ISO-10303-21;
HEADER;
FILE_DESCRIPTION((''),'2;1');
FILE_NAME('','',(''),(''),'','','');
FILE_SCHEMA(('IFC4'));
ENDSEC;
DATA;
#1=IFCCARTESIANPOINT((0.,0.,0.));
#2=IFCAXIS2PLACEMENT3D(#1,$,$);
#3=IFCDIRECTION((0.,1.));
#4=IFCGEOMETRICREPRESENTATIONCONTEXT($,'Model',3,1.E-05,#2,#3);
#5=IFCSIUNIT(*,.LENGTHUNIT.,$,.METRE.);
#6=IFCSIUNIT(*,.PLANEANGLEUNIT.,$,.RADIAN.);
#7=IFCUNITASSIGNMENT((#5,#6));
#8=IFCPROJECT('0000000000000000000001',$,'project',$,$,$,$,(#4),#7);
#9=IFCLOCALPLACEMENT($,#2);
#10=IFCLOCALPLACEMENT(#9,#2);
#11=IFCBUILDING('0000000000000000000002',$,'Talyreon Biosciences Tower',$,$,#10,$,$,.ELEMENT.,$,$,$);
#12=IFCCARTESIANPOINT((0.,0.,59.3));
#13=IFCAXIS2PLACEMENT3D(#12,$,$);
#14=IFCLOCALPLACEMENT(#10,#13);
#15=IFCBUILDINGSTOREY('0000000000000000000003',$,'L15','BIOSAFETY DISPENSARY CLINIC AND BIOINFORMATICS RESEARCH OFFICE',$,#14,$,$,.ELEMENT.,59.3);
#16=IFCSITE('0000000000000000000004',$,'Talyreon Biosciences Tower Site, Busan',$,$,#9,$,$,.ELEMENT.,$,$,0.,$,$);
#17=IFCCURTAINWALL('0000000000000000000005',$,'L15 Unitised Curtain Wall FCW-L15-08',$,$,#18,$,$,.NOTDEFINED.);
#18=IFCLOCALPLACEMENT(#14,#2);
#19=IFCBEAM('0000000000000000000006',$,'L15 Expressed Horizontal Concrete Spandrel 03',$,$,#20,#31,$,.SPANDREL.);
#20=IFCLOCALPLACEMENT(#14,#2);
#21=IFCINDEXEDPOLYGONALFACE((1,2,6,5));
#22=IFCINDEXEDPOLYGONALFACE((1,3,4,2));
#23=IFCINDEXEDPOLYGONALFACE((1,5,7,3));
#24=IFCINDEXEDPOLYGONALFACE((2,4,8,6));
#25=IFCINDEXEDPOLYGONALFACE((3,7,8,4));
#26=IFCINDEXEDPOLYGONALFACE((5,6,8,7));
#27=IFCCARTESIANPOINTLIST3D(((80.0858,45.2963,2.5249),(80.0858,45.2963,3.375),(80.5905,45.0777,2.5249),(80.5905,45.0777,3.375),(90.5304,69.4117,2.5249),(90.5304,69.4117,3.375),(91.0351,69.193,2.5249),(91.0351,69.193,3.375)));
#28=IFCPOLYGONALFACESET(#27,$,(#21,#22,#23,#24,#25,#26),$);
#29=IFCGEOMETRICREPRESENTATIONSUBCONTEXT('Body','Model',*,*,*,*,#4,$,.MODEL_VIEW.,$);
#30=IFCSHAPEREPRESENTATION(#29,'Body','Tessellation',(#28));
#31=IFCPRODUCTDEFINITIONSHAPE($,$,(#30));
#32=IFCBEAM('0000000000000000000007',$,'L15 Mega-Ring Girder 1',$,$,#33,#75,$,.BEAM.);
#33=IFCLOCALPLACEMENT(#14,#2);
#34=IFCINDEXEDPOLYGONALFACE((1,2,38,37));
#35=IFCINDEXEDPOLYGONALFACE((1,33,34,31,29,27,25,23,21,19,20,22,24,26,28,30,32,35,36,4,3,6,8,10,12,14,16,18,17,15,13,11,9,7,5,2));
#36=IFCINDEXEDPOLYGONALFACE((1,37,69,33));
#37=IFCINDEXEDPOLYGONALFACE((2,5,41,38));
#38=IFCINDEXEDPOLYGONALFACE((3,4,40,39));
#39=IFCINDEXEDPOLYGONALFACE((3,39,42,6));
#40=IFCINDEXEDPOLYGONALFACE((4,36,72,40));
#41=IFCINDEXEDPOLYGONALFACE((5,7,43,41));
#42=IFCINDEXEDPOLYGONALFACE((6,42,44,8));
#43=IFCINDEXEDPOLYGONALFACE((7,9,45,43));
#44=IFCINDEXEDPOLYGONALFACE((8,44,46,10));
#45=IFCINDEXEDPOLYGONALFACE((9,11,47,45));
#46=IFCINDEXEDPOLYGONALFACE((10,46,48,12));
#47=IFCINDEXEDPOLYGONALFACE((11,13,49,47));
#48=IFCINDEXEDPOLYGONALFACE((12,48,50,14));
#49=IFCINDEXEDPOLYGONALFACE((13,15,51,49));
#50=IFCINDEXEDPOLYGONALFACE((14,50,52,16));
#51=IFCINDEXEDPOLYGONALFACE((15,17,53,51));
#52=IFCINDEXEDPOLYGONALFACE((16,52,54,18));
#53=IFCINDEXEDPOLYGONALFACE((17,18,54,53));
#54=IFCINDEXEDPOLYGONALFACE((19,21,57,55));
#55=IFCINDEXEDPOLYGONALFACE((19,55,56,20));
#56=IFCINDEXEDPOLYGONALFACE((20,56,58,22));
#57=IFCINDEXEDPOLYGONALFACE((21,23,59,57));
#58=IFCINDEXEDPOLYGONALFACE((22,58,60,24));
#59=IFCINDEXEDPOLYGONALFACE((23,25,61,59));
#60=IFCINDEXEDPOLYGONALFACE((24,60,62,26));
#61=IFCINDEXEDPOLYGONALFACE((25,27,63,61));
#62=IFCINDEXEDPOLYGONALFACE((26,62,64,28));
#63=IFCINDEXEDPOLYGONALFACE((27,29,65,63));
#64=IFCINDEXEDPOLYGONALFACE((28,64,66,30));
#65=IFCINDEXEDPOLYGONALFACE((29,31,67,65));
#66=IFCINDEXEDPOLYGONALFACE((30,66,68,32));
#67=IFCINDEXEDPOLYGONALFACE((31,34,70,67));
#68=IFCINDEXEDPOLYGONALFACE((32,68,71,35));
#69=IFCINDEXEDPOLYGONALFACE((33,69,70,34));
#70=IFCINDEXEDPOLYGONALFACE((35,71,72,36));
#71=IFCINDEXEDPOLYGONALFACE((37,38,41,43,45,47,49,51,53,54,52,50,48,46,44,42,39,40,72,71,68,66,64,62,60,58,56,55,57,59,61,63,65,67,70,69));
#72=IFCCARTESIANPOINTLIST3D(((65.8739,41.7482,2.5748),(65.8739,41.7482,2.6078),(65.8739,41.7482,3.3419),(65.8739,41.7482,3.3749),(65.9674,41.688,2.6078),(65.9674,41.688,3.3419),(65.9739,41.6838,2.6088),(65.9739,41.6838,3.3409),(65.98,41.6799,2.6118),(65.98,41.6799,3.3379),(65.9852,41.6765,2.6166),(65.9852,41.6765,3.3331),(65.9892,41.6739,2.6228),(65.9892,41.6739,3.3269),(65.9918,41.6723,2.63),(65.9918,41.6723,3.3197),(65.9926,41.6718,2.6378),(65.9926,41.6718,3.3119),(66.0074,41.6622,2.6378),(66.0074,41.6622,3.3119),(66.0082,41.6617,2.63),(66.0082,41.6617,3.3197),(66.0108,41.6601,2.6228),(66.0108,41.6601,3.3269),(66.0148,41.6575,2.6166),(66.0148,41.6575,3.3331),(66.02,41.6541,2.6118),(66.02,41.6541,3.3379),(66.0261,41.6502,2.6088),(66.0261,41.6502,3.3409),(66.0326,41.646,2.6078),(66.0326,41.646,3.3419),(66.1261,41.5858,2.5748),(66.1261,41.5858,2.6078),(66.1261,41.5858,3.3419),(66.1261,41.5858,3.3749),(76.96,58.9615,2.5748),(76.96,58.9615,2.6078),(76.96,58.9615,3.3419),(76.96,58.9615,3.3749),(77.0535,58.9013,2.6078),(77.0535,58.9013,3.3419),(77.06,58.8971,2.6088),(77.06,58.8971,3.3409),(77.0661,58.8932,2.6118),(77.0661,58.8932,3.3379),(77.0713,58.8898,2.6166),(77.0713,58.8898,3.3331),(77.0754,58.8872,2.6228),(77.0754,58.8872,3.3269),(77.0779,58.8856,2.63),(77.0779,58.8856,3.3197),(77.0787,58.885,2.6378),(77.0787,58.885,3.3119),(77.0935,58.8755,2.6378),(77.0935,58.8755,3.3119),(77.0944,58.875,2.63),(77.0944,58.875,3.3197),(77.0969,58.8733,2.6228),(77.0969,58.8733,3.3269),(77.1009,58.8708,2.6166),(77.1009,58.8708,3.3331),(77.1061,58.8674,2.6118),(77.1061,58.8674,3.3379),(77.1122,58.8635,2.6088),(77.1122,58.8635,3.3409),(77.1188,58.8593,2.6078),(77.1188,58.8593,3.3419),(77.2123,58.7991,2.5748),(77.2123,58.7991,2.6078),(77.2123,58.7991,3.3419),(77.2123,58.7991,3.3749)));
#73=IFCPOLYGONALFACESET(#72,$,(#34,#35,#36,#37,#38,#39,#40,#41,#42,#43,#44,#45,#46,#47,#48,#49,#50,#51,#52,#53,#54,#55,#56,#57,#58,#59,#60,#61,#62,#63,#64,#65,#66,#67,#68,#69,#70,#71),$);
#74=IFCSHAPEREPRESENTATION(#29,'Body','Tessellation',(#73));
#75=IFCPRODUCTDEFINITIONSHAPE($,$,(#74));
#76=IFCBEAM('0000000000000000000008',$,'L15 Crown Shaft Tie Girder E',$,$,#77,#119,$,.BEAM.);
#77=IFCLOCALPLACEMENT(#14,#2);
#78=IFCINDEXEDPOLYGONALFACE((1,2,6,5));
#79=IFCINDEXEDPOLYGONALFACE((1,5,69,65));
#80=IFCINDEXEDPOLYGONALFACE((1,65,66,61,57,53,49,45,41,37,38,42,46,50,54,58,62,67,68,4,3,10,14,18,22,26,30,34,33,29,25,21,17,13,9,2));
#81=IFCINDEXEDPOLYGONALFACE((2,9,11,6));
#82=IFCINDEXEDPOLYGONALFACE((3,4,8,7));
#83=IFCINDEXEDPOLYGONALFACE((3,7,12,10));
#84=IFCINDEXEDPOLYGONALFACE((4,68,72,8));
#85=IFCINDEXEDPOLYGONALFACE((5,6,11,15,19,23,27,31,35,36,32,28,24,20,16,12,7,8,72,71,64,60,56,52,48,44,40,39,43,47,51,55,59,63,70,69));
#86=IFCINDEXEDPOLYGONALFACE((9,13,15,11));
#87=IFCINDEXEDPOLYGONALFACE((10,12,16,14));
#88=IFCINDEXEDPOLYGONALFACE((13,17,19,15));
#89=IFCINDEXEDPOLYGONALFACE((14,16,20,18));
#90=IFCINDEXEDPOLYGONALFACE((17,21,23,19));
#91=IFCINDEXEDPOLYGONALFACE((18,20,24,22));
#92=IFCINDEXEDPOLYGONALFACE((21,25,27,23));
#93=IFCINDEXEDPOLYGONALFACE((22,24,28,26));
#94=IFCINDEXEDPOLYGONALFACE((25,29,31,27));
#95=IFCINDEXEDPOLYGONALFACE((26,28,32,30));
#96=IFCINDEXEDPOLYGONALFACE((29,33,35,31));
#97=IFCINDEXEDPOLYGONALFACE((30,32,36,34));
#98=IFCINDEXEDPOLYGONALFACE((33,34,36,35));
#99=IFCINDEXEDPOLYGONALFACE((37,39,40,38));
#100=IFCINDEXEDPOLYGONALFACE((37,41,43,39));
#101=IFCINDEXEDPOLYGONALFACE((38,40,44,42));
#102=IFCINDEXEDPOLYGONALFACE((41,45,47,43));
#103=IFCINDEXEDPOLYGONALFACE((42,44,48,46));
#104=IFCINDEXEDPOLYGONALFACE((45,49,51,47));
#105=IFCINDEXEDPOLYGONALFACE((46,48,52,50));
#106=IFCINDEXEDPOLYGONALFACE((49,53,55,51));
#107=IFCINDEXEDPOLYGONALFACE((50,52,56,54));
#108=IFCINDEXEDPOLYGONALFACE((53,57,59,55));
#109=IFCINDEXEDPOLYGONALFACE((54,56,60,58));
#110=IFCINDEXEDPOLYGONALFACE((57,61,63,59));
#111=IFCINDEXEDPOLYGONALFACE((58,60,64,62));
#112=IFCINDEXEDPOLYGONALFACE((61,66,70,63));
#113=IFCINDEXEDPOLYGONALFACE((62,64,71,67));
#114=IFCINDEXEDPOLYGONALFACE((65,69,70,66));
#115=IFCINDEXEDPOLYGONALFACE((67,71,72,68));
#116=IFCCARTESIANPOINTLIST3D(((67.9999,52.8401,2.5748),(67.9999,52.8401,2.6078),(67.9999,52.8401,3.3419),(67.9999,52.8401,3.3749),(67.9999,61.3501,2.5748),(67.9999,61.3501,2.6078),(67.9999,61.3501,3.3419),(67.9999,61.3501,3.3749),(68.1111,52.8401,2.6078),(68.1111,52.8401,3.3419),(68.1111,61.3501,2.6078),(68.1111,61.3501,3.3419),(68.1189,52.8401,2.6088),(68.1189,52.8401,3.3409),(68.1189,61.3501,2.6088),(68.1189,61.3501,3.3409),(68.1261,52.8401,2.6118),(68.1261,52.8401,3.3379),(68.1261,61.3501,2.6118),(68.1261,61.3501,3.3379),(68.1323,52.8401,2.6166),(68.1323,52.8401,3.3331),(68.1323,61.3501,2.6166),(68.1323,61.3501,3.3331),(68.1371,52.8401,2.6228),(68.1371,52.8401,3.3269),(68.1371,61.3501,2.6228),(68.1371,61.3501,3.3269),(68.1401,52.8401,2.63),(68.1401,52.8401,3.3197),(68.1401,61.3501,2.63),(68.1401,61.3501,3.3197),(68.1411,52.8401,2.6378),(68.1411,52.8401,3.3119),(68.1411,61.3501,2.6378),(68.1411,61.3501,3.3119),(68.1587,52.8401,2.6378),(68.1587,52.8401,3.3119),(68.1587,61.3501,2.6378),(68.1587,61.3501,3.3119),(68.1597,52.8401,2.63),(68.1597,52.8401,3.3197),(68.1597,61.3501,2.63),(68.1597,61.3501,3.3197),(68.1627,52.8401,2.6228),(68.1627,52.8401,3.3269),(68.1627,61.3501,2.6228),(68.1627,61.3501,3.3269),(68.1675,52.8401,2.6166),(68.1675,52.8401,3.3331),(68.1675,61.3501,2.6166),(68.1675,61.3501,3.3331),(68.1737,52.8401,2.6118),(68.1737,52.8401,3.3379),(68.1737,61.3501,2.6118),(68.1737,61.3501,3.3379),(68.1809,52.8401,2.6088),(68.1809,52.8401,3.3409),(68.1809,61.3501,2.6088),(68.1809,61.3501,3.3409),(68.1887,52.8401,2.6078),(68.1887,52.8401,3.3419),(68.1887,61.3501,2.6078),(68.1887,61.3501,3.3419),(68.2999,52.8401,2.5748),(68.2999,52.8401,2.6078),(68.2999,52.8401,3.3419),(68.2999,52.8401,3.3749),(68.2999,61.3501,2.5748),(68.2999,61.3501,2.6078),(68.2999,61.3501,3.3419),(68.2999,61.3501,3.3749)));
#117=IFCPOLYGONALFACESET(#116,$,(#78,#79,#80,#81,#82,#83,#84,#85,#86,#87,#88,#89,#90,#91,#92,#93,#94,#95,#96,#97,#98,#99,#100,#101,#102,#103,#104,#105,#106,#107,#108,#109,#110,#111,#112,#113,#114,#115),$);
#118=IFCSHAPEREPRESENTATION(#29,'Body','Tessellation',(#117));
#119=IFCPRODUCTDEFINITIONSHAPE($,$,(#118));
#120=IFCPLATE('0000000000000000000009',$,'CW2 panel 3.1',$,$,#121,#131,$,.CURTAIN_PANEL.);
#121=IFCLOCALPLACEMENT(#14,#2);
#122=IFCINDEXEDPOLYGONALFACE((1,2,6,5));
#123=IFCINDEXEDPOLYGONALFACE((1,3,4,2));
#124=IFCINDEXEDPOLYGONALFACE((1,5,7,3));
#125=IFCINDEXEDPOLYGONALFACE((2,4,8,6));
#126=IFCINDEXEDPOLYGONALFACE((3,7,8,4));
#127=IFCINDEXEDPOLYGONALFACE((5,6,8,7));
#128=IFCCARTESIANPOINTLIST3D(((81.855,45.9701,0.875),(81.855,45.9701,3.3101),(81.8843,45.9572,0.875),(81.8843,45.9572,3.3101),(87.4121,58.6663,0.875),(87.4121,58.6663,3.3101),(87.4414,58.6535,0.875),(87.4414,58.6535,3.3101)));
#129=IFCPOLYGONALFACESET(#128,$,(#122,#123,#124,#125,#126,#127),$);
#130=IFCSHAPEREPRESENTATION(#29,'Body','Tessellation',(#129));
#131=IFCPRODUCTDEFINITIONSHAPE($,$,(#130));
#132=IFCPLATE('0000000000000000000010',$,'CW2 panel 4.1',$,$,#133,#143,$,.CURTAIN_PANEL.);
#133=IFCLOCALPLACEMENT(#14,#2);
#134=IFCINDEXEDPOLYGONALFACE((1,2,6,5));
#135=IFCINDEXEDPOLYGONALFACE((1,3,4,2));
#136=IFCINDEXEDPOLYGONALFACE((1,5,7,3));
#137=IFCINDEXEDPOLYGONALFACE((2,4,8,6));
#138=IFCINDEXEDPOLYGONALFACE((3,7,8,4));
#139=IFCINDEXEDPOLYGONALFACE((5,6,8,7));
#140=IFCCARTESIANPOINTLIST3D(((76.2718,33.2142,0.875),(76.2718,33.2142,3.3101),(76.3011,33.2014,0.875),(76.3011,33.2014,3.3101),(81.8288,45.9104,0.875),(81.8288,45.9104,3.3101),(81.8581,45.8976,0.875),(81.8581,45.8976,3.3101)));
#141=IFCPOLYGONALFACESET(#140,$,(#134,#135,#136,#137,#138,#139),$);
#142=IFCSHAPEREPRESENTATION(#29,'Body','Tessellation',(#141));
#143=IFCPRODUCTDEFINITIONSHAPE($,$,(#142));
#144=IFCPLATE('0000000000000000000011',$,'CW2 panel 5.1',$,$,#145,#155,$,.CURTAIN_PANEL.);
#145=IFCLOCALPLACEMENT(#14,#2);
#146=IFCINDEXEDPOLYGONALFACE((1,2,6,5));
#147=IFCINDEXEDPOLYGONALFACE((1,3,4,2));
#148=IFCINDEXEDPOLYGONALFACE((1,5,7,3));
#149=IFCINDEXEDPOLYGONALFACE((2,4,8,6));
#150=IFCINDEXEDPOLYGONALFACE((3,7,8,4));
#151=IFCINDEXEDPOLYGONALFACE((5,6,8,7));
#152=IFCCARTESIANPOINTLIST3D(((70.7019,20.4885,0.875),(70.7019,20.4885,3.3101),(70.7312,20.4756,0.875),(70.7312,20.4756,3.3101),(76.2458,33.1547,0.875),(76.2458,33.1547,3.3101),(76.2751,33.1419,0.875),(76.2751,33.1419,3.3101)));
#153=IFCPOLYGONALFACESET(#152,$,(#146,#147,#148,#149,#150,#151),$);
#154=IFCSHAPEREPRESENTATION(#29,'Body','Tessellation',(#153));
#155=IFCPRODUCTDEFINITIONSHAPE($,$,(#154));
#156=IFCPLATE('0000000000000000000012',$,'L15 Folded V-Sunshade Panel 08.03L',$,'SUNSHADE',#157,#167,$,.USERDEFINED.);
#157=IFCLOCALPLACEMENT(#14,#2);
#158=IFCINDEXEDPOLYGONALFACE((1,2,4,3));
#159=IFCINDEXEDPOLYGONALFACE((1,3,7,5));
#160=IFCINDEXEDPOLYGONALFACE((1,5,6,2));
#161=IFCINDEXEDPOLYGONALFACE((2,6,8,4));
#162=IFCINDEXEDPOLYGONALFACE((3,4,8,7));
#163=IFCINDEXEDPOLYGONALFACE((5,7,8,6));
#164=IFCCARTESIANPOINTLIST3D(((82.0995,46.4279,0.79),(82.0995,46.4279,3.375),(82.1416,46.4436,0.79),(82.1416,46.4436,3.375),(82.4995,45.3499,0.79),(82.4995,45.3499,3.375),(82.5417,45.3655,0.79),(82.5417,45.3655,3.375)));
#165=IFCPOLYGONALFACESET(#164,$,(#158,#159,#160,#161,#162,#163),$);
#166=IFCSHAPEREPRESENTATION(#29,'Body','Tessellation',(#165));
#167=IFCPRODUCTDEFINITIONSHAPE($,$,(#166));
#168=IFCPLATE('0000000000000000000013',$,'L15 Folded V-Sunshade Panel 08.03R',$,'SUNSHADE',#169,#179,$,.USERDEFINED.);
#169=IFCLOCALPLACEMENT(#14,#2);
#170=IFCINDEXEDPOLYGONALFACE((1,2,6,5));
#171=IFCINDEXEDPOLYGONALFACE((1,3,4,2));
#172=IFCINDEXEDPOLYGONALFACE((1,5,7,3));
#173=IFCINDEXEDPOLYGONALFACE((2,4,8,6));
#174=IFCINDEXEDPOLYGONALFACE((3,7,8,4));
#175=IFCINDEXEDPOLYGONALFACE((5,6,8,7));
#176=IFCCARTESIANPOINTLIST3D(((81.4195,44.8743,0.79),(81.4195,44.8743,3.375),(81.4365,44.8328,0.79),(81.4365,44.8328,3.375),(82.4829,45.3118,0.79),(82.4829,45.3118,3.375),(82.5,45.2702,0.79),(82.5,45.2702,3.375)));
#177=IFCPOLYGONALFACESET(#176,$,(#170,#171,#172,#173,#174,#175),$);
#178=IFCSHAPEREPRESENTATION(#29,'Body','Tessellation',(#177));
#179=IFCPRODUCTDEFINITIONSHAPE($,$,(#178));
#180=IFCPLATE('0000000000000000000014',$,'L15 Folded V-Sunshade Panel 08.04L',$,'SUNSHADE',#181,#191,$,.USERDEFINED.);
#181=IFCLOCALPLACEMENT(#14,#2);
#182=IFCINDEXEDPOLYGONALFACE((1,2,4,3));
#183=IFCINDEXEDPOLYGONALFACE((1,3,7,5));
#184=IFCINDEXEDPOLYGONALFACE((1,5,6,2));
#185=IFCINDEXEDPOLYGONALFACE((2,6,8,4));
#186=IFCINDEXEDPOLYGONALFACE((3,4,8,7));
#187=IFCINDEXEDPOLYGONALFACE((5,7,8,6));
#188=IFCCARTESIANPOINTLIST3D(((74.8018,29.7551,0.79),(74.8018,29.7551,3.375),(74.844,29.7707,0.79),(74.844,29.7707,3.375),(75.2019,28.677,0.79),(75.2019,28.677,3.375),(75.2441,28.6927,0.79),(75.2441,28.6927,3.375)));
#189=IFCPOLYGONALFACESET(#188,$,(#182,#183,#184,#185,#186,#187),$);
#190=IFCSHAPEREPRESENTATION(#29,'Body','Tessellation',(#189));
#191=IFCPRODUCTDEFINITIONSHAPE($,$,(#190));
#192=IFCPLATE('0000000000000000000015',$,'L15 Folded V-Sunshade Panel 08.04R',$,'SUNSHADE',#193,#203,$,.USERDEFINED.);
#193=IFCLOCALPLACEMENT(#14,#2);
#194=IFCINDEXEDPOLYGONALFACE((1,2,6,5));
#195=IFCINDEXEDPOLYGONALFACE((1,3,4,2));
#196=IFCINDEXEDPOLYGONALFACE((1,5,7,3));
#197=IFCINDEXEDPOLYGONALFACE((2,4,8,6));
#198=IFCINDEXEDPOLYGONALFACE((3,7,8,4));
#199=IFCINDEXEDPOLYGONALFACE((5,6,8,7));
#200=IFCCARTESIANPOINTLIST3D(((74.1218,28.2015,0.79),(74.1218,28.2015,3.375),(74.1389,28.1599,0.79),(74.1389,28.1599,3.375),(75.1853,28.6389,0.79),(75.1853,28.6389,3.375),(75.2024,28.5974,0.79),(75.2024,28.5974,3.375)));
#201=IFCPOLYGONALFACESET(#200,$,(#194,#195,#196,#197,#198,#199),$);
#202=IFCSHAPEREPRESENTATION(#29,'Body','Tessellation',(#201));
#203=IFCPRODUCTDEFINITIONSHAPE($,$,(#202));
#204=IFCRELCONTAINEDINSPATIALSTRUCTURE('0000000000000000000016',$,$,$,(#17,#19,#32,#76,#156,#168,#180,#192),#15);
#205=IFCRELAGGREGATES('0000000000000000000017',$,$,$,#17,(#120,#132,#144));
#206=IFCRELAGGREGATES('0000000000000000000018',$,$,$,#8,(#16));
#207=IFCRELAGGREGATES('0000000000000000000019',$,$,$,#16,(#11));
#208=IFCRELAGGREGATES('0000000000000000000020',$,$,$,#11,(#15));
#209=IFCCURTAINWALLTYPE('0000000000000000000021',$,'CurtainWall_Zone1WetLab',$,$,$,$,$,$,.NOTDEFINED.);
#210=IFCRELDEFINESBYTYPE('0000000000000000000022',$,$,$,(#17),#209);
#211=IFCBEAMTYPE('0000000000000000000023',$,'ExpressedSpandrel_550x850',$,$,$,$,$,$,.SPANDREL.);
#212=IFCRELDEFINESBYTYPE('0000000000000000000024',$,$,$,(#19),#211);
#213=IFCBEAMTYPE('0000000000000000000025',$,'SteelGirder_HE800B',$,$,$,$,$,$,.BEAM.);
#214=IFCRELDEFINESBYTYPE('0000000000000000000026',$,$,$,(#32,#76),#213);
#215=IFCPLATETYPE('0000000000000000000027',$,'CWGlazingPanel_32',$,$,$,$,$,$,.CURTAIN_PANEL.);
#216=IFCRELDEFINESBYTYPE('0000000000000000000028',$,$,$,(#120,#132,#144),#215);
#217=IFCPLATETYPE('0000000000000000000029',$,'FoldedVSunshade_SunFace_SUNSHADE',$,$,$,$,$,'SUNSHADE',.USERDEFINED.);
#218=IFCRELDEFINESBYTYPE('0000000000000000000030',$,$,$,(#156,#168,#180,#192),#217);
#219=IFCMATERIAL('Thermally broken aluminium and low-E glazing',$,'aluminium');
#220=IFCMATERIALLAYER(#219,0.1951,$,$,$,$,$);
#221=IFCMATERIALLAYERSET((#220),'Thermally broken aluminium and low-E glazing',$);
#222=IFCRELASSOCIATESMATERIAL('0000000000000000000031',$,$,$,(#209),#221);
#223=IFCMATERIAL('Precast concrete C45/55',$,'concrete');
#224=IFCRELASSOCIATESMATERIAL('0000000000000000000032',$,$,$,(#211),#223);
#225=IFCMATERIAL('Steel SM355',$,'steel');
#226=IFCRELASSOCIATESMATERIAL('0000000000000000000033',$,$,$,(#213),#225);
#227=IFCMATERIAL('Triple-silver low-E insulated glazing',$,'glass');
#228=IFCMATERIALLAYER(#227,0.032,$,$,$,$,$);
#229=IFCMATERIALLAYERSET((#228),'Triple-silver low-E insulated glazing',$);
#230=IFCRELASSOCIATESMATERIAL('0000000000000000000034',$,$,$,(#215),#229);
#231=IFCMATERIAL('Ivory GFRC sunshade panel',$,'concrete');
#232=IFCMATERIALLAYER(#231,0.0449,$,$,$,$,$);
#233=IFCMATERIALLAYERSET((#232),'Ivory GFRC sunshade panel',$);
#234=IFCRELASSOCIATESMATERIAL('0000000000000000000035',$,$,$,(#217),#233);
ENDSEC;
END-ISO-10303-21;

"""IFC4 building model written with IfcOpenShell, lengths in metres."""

from ifc_helpers import new_model, si_unit, direction, frame, origin, origin_2d, place, context, subcontext, project, spatial, rectangle, i_section, extrude, material, layer, layer_set, material_profile, profile_set, type_object, element, aggregate, save


model = new_model("IFC4")

# Units and contexts
model_context = context("Model", 3, precision=1e-05, world=origin(), true_north=direction((0.0, 1.0)))
body_context = subcontext(model_context, "Body", "Model", "MODEL_VIEW")
ifc_project = project(units=[si_unit("LENGTHUNIT", "METRE"), si_unit("PLANEANGLEUNIT", "RADIAN")], contexts=[model_context])

# Site, building, storey
site_placement = place(None, origin())
site = spatial("IfcSite", under=ifc_project, at=site_placement, Name="Talyreon Biosciences Tower Site, Busan", CompositionType="ELEMENT", RefElevation=0.0)
building_placement = place(site_placement, origin())
building = spatial("IfcBuilding", under=site, at=building_placement, Name="Talyreon Biosciences Tower", CompositionType="ELEMENT")
storey_placement = place(building_placement, frame((0.0, 0.0, 59.3)))
storey = spatial("IfcBuildingStorey", under=building, at=storey_placement, Name="L15", Description="BIOSAFETY DISPENSARY CLINIC AND BIOINFORMATICS RESEARCH OFFICE", CompositionType="ELEMENT", Elevation=59.3)

# Shared definitions
ifc_material_1 = material(Name="Precast concrete C45/55", Category="concrete")

# Curtain wall
ifc_material_2 = material(Name="Thermally broken aluminium and low-E glazing", Category="aluminium")
ifc_layer_1 = layer(ifc_material_2, 0.1951)
ifc_layer_set_1 = layer_set([ifc_layer_1], Name="Thermally broken aluminium and low-E glazing")
curtain_wall_type = type_object("IfcCurtainWallType", Name="CurtainWall_Zone1WetLab", PredefinedType="NOTDEFINED", material=ifc_layer_set_1)
curtain_wall_placement = place(storey_placement, origin())
curtain_wall = element("IfcCurtainWall", 1, at=curtain_wall_placement, inside=storey, type_object=curtain_wall_type, Name="L15 Unitised Curtain Wall FCW-L15-08", PredefinedType="NOTDEFINED")

# Beams
ifc_material_profile_1 = material_profile(ifc_material_1, rectangle(XDim=0.55, YDim=0.8501, at=origin_2d()), Name="RCB 550x850")
ifc_profile_set_1 = profile_set([ifc_material_profile_1], Name="Precast concrete C45/55")
beam_type_1 = type_object("IfcBeamType", Name="ExpressedSpandrel_550x850", PredefinedType="SPANDREL", material=ifc_profile_set_1)
beam_1_placement = place(storey_placement, frame((80.3381, 45.187, 2.95), z_axis=(0.397436, 0.91763, 0.0), x_axis=(-0.91763, 0.397436, 0.0)))
element("IfcBeam", 2, at=beam_1_placement, inside=storey, type_object=beam_type_1, Name="L15 Expressed Horizontal Concrete Spandrel 03", PredefinedType="SPANDREL", context=body_context, shape_type="SweptSolid", body=[
    extrude(rectangle(XDim=0.55, YDim=0.8501, at=origin_2d()), origin(), (0.0, 0.0, 1.0), 26.28),
])
ifc_material_3 = material(Name="Steel SM355", Category="steel")
ifc_material_profile_2 = material_profile(ifc_material_3, i_section(OverallWidth=0.3, OverallDepth=0.8, WebThickness=0.0176, FlangeThickness=0.033, FilletRadius=0.03, at=origin_2d()), Name="HE800B")
ifc_profile_set_2 = profile_set([ifc_material_profile_2], Name="Steel SM355")
beam_type_2 = type_object("IfcBeamType", Name="SteelGirder_HE800B", PredefinedType="BEAM", material=ifc_profile_set_2)
beam_2_placement = place(storey_placement, frame((66.0, 41.667, 2.9749), z_axis=(0.541464, 0.840724, 0.0), x_axis=(-0.840724, 0.541464, 0.0)))
element("IfcBeam", 3, at=beam_2_placement, inside=storey, type_object=beam_type_2, Name="L15 Mega-Ring Girder 1", PredefinedType="BEAM", context=body_context, shape_type="SweptSolid", body=[
    extrude(i_section(OverallWidth=0.3, OverallDepth=0.8, WebThickness=0.0176, FlangeThickness=0.033, FilletRadius=0.03, at=origin_2d()), origin(), (0.0, 0.0, 1.0), 20.4744),
])
beam_3_placement = place(storey_placement, frame((68.1499, 52.8401, 2.9749), z_axis=(0.0, 1.0, 0.0), x_axis=(-1.0, 0.0, 0.0)))
element("IfcBeam", 4, at=beam_3_placement, inside=storey, type_object=beam_type_2, Name="L15 Crown Shaft Tie Girder E", PredefinedType="BEAM", context=body_context, shape_type="SweptSolid", body=[
    extrude(i_section(OverallWidth=0.3, OverallDepth=0.8, WebThickness=0.0176, FlangeThickness=0.033, FilletRadius=0.03, at=origin_2d()), origin(), (0.0, 0.0, 1.0), 8.51),
])

# Plates
ifc_material_4 = material(Name="Triple-silver low-E insulated glazing", Category="glass")
ifc_layer_2 = layer(ifc_material_4, 0.032)
ifc_layer_set_2 = layer_set([ifc_layer_2], Name="Triple-silver low-E insulated glazing")
plate_type_1 = type_object("IfcPlateType", Name="CWGlazingPanel_32", PredefinedType="CURTAIN_PANEL", material=ifc_layer_set_2)
plate_1_placement = place(storey_placement, frame((84.6482, 52.3118, 0.875), z_axis=(0.0, 0.0, 1.0), x_axis=(-0.400968, -0.916092, 0.0)))
plate_1 = element("IfcPlate", 5, at=plate_1_placement, type_object=plate_type_1, Name="CW2 panel 3.1", PredefinedType="CURTAIN_PANEL", context=body_context, shape_type="SweptSolid", body=[
    extrude(rectangle(XDim=13.8591, YDim=0.032, at=origin_2d()), origin(), (0.0, 0.0, 1.0), 2.4351),
])
plate_2_placement = place(storey_placement, frame((79.0649, 39.5559, 0.875), z_axis=(0.0, 0.0, 1.0), x_axis=(-0.400968, -0.916092, 0.0)))
plate_2 = element("IfcPlate", 6, at=plate_2_placement, type_object=plate_type_1, Name="CW2 panel 4.1", PredefinedType="CURTAIN_PANEL", context=body_context, shape_type="SweptSolid", body=[
    extrude(rectangle(XDim=13.8591, YDim=0.032, at=origin_2d()), origin(), (0.0, 0.0, 1.0), 2.4351),
])
plate_3_placement = place(storey_placement, frame((73.4885, 26.8152, 0.875), z_axis=(0.0, 0.0, 1.0), x_axis=(-0.400968, -0.916092, 0.0)))
plate_3 = element("IfcPlate", 7, at=plate_3_placement, type_object=plate_type_1, Name="CW2 panel 5.1", PredefinedType="CURTAIN_PANEL", context=body_context, shape_type="SweptSolid", body=[
    extrude(rectangle(XDim=13.8264, YDim=0.032, at=origin_2d()), origin(), (0.0, 0.0, 1.0), 2.4351),
])
aggregate(curtain_wall, [plate_1, plate_2, plate_3])

# Plates
ifc_material_5 = material(Name="Ivory GFRC sunshade panel", Category="concrete")
ifc_layer_3 = layer(ifc_material_5, 0.0449)
ifc_layer_set_3 = layer_set([ifc_layer_3], Name="Ivory GFRC sunshade panel")
plate_type_2 = type_object("IfcPlateType", Name="FoldedVSunshade_SunFace_SUNSHADE", ElementType="SUNSHADE", PredefinedType="USERDEFINED", material=ifc_layer_set_3)
for number, where, z_axis, x_axis, name in (
    (8, (82.3206, 45.8967, 0.79), (0.0, 0.0, 1.0), (0.347934, -0.937519, 0.0), "L15 Folded V-Sunshade Panel 08.03L"),
    (9, (81.9597, 45.0723, 0.79), (0.0, 0.0, 1.0), (-0.924805, -0.380441, 0.0), "L15 Folded V-Sunshade Panel 08.03R"),
    (10, (75.0229, 29.2239, 0.79), (0.0, 0.0, 1.0), (0.347934, -0.937519, 0.0), "L15 Folded V-Sunshade Panel 08.04L"),
    (11, (74.6621, 28.3994, 0.79), (0.0, 0.0, 1.0), (-0.924805, -0.380441, 0.0), "L15 Folded V-Sunshade Panel 08.04R"),
):
    element("IfcPlate", number, at=place(storey_placement, frame(where, z_axis=z_axis, x_axis=x_axis)), inside=storey, type_object=plate_type_2, Name=name, ObjectType="SUNSHADE", PredefinedType="USERDEFINED", context=body_context, shape_type="SweptSolid", body=[
        extrude(rectangle(XDim=1.1499, YDim=0.0449, at=origin_2d()), origin(), (0.0, 0.0, 1.0), 2.585),
    ])

save(model, "model.ifc")
